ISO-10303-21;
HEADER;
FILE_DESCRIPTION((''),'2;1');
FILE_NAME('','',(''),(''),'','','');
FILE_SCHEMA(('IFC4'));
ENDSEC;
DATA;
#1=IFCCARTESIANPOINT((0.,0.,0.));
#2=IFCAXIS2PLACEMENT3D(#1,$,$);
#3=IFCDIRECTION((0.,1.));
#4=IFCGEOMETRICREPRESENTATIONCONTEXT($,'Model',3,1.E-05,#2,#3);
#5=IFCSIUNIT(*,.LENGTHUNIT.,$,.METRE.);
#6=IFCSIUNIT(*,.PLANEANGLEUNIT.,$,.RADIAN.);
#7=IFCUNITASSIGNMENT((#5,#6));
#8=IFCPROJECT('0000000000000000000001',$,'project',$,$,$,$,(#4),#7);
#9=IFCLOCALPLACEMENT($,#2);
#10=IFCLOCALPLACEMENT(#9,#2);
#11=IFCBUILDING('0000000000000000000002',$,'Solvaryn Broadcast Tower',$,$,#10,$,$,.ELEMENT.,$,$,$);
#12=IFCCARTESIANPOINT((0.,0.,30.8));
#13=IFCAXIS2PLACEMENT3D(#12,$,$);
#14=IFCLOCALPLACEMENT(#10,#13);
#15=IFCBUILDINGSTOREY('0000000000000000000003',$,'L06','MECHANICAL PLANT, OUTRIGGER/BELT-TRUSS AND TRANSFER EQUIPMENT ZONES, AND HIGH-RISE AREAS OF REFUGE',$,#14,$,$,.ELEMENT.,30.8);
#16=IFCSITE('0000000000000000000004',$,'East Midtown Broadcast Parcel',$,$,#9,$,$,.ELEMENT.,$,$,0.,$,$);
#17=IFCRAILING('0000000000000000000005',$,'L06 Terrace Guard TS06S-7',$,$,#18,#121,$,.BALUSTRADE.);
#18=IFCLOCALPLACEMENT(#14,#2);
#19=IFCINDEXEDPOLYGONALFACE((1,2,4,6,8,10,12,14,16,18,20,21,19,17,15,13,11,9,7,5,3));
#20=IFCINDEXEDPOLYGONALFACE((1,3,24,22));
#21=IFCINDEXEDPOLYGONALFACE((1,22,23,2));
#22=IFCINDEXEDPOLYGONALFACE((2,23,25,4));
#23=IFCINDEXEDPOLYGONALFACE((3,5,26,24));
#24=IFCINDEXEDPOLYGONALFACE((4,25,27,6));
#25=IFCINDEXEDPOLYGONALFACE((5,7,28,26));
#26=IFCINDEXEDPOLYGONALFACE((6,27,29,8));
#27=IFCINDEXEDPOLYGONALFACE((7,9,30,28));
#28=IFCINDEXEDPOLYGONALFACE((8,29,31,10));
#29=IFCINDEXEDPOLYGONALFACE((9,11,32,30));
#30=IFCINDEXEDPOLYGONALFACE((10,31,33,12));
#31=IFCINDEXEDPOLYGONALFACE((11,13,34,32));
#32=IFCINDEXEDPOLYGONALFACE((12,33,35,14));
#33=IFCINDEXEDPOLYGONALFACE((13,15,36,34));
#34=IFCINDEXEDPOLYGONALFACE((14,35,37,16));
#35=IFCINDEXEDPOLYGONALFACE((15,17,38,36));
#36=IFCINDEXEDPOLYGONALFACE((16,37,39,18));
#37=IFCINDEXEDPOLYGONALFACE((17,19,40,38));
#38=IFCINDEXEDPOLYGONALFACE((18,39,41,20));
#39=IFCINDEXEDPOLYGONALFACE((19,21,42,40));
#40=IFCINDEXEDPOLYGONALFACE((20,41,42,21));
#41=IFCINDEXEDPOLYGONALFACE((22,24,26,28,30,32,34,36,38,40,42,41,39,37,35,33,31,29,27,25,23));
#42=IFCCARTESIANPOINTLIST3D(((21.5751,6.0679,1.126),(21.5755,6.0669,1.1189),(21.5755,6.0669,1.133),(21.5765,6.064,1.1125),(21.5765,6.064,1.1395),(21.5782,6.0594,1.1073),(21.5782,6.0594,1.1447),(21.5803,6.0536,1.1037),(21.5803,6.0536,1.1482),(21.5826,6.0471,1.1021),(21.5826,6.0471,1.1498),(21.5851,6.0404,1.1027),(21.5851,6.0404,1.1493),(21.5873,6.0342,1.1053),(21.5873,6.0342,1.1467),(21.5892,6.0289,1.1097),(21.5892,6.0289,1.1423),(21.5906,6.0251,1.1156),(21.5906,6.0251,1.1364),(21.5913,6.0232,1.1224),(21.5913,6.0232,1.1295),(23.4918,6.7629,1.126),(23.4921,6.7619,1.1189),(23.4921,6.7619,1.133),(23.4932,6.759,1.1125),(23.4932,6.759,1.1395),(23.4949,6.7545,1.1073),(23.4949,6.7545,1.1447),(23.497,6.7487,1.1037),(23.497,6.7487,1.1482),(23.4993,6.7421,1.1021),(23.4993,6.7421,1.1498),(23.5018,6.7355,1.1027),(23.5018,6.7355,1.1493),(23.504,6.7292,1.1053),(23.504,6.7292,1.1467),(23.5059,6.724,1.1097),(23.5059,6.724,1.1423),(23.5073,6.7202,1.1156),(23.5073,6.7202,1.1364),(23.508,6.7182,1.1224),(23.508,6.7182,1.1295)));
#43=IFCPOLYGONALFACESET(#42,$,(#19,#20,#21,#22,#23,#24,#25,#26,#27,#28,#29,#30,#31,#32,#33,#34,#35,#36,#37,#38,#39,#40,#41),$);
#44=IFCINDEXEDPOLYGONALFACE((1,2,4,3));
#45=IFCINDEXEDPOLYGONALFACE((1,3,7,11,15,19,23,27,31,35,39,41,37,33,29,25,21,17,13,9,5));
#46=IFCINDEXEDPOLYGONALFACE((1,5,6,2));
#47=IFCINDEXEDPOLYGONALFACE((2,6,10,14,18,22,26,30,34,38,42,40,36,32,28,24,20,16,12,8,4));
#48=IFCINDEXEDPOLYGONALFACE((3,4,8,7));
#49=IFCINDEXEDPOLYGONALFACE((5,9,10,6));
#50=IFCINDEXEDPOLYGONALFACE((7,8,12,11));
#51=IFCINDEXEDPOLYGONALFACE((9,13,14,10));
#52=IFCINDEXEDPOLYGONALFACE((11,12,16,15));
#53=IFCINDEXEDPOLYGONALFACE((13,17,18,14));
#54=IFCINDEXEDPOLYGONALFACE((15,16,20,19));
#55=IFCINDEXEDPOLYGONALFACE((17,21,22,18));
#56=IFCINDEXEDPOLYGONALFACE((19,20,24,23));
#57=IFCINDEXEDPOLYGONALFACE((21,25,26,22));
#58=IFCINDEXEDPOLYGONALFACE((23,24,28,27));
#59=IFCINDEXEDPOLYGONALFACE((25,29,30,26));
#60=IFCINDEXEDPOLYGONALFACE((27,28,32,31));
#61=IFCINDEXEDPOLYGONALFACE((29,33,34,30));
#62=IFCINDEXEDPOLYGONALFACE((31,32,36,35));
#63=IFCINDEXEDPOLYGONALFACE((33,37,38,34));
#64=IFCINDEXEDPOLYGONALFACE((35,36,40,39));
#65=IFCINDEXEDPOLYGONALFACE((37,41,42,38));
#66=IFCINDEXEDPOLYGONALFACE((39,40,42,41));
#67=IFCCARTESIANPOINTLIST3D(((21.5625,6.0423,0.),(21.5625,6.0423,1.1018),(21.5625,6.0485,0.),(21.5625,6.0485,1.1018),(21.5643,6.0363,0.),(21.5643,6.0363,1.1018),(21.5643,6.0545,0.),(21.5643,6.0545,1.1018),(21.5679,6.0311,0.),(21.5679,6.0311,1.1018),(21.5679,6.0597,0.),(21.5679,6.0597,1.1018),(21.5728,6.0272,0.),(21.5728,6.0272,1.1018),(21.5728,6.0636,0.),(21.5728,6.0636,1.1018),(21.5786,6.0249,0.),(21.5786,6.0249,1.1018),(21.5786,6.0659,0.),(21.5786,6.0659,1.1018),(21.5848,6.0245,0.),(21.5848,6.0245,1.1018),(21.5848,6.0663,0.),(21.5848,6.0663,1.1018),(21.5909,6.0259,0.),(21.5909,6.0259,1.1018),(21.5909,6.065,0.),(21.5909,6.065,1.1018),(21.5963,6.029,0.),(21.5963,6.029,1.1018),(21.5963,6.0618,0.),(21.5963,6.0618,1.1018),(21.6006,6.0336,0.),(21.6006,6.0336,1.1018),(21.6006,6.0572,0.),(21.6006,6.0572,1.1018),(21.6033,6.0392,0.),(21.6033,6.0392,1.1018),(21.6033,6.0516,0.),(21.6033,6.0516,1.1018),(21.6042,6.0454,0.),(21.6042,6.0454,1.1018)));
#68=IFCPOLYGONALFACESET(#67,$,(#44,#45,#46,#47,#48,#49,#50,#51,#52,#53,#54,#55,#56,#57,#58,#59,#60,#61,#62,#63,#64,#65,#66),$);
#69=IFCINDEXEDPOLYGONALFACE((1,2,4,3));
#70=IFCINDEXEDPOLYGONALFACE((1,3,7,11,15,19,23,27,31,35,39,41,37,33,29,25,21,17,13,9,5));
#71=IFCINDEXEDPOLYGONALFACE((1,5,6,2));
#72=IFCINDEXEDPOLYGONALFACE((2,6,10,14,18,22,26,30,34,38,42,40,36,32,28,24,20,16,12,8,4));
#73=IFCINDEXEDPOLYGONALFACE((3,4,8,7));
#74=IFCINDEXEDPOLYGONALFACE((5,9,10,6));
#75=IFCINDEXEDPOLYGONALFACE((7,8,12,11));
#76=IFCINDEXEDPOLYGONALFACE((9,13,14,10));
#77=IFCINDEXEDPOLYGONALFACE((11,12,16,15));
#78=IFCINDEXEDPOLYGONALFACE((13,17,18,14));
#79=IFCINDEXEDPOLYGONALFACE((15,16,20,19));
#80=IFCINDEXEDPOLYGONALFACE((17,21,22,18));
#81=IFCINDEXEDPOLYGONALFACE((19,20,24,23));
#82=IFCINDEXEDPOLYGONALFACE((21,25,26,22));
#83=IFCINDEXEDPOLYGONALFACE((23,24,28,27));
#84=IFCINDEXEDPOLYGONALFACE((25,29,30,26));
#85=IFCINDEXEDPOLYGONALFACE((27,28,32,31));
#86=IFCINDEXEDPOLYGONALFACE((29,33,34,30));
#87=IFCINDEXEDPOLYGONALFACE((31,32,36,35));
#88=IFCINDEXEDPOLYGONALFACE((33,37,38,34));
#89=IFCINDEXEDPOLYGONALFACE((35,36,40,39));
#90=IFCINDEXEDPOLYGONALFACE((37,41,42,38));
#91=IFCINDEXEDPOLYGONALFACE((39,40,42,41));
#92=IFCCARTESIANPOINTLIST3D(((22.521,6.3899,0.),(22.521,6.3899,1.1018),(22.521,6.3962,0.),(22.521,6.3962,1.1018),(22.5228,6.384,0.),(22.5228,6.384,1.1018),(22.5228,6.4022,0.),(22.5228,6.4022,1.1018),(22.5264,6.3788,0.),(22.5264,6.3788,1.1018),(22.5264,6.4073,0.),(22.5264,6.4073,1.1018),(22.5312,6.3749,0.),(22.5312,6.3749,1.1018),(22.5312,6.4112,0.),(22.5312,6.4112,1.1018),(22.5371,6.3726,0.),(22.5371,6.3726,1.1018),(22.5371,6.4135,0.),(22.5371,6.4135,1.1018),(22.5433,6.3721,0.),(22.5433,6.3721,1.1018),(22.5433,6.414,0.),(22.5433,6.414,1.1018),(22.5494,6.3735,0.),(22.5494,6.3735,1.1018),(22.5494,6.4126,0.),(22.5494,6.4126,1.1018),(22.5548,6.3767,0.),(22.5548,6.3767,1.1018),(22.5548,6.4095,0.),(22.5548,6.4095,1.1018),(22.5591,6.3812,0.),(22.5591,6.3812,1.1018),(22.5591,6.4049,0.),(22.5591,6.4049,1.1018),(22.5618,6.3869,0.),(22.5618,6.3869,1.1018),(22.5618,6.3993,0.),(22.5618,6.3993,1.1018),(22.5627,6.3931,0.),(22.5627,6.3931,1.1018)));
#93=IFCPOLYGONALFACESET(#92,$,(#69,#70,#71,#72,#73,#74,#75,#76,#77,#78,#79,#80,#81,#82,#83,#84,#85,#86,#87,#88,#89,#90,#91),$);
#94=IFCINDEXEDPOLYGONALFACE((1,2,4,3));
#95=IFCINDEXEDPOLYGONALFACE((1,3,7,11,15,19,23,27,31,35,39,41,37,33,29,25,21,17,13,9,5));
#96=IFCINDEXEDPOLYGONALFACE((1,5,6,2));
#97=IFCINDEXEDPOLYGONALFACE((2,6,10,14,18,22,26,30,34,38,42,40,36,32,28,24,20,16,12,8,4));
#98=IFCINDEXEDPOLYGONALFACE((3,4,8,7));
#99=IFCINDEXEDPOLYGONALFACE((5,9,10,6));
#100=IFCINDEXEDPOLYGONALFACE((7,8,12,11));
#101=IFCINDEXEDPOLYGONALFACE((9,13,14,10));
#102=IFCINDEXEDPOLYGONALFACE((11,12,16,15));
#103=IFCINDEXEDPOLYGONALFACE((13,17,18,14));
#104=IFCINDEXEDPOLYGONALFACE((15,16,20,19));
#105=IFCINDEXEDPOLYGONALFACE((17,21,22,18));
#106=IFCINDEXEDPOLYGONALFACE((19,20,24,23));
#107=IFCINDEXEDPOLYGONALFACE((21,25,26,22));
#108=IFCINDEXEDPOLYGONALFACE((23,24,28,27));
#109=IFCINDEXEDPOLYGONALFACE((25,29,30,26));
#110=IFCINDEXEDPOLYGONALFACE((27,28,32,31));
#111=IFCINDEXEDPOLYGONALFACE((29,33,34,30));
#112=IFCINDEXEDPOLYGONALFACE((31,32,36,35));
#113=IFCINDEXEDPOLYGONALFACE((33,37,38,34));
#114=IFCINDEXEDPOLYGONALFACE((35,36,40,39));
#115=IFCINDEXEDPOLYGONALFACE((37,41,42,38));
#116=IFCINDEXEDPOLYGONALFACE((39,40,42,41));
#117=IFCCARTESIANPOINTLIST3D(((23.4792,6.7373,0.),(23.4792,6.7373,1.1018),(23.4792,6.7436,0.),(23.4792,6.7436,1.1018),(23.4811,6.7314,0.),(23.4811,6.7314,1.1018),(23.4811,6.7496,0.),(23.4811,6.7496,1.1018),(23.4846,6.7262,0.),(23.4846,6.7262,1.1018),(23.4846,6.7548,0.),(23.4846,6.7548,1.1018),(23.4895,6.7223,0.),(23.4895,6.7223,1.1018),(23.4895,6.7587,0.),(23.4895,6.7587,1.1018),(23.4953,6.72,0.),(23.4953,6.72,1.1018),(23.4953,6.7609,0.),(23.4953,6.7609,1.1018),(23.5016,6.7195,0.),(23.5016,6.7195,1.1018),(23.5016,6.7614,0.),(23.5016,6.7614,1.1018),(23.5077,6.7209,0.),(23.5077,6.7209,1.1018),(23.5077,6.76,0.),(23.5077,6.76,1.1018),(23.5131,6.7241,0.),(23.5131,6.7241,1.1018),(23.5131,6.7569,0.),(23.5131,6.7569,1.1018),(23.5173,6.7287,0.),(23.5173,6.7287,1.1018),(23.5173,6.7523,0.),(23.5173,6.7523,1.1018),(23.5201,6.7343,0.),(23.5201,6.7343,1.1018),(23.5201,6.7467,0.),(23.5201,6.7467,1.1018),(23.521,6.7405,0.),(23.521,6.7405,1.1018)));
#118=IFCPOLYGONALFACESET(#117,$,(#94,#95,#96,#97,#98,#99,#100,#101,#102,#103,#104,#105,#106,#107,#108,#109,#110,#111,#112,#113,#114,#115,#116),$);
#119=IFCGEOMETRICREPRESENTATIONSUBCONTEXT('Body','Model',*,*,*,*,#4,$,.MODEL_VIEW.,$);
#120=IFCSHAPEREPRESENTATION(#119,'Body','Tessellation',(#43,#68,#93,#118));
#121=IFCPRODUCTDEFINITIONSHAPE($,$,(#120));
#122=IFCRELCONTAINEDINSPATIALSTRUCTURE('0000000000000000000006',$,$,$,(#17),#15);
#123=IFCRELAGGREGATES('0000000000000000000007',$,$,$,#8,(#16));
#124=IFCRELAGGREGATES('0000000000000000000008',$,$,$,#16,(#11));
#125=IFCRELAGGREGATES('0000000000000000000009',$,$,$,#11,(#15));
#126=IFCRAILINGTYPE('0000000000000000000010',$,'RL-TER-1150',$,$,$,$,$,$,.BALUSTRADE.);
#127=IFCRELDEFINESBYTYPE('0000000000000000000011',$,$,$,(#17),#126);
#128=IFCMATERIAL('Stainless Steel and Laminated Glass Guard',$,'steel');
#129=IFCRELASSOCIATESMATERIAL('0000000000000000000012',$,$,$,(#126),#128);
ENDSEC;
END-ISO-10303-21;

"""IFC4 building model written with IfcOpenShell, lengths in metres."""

from ifc_helpers import new_model, si_unit, direction, frame, origin, origin_2d, place, context, subcontext, project, spatial, circle, extrude, material, type_object, element, save


model = new_model("IFC4")

# Units and contexts
model_context = context("Model", 3, precision=1e-05, world=origin(), true_north=direction((0.0, 1.0)))
body_context = subcontext(model_context, "Body", "Model", "MODEL_VIEW")
ifc_project = project(units=[si_unit("LENGTHUNIT", "METRE"), si_unit("PLANEANGLEUNIT", "RADIAN")], contexts=[model_context])

# Site, building, storey
site_placement = place(None, origin())
site = spatial("IfcSite", under=ifc_project, at=site_placement, Name="East Midtown Broadcast Parcel", CompositionType="ELEMENT", RefElevation=0.0)
building_placement = place(site_placement, origin())
building = spatial("IfcBuilding", under=site, at=building_placement, Name="Solvaryn Broadcast Tower", CompositionType="ELEMENT")
storey_placement = place(building_placement, frame((0.0, 0.0, 30.8)))
storey = spatial("IfcBuildingStorey", under=building, at=storey_placement, Name="L06", Description="MECHANICAL PLANT, OUTRIGGER/BELT-TRUSS AND TRANSFER EQUIPMENT ZONES, AND HIGH-RISE AREAS OF REFUGE", CompositionType="ELEMENT", Elevation=30.8)

# Railing
ifc_material_1 = material(Name="Stainless Steel and Laminated Glass Guard", Category="steel")
railing_type = type_object("IfcRailingType", Name="RL-TER-1150", PredefinedType="BALUSTRADE", material=ifc_material_1)
railing_1_placement = place(storey_placement, frame((21.5833, 6.0454, 0.0)))
element("IfcRailing", 1, at=railing_1_placement, inside=storey, type_object=railing_type, Name="L06 Terrace Guard TS06S-7", PredefinedType="BALUSTRADE", context=body_context, shape_type="SweptSolid", body=[
    extrude(circle(Radius=0.0239, at=origin_2d()), frame((0.0, 0.0, 1.126), z_axis=(0.940097, 0.340906, 0.0), x_axis=(-0.340906, 0.940097, 0.0)), (0.0, 0.0, 1.0), 2.0388),
    extrude(circle(Radius=0.021, at=origin_2d()), origin(), (0.0, 0.0, 1.0), 1.1018),
    extrude(circle(Radius=0.021, at=origin_2d()), frame((0.9585, 0.3477, 0.0)), (0.0, 0.0, 1.0), 1.1018),
    extrude(circle(Radius=0.021, at=origin_2d()), frame((1.9167, 0.6951, 0.0)), (0.0, 0.0, 1.0), 1.1018),
])

save(model, "model.ifc")
